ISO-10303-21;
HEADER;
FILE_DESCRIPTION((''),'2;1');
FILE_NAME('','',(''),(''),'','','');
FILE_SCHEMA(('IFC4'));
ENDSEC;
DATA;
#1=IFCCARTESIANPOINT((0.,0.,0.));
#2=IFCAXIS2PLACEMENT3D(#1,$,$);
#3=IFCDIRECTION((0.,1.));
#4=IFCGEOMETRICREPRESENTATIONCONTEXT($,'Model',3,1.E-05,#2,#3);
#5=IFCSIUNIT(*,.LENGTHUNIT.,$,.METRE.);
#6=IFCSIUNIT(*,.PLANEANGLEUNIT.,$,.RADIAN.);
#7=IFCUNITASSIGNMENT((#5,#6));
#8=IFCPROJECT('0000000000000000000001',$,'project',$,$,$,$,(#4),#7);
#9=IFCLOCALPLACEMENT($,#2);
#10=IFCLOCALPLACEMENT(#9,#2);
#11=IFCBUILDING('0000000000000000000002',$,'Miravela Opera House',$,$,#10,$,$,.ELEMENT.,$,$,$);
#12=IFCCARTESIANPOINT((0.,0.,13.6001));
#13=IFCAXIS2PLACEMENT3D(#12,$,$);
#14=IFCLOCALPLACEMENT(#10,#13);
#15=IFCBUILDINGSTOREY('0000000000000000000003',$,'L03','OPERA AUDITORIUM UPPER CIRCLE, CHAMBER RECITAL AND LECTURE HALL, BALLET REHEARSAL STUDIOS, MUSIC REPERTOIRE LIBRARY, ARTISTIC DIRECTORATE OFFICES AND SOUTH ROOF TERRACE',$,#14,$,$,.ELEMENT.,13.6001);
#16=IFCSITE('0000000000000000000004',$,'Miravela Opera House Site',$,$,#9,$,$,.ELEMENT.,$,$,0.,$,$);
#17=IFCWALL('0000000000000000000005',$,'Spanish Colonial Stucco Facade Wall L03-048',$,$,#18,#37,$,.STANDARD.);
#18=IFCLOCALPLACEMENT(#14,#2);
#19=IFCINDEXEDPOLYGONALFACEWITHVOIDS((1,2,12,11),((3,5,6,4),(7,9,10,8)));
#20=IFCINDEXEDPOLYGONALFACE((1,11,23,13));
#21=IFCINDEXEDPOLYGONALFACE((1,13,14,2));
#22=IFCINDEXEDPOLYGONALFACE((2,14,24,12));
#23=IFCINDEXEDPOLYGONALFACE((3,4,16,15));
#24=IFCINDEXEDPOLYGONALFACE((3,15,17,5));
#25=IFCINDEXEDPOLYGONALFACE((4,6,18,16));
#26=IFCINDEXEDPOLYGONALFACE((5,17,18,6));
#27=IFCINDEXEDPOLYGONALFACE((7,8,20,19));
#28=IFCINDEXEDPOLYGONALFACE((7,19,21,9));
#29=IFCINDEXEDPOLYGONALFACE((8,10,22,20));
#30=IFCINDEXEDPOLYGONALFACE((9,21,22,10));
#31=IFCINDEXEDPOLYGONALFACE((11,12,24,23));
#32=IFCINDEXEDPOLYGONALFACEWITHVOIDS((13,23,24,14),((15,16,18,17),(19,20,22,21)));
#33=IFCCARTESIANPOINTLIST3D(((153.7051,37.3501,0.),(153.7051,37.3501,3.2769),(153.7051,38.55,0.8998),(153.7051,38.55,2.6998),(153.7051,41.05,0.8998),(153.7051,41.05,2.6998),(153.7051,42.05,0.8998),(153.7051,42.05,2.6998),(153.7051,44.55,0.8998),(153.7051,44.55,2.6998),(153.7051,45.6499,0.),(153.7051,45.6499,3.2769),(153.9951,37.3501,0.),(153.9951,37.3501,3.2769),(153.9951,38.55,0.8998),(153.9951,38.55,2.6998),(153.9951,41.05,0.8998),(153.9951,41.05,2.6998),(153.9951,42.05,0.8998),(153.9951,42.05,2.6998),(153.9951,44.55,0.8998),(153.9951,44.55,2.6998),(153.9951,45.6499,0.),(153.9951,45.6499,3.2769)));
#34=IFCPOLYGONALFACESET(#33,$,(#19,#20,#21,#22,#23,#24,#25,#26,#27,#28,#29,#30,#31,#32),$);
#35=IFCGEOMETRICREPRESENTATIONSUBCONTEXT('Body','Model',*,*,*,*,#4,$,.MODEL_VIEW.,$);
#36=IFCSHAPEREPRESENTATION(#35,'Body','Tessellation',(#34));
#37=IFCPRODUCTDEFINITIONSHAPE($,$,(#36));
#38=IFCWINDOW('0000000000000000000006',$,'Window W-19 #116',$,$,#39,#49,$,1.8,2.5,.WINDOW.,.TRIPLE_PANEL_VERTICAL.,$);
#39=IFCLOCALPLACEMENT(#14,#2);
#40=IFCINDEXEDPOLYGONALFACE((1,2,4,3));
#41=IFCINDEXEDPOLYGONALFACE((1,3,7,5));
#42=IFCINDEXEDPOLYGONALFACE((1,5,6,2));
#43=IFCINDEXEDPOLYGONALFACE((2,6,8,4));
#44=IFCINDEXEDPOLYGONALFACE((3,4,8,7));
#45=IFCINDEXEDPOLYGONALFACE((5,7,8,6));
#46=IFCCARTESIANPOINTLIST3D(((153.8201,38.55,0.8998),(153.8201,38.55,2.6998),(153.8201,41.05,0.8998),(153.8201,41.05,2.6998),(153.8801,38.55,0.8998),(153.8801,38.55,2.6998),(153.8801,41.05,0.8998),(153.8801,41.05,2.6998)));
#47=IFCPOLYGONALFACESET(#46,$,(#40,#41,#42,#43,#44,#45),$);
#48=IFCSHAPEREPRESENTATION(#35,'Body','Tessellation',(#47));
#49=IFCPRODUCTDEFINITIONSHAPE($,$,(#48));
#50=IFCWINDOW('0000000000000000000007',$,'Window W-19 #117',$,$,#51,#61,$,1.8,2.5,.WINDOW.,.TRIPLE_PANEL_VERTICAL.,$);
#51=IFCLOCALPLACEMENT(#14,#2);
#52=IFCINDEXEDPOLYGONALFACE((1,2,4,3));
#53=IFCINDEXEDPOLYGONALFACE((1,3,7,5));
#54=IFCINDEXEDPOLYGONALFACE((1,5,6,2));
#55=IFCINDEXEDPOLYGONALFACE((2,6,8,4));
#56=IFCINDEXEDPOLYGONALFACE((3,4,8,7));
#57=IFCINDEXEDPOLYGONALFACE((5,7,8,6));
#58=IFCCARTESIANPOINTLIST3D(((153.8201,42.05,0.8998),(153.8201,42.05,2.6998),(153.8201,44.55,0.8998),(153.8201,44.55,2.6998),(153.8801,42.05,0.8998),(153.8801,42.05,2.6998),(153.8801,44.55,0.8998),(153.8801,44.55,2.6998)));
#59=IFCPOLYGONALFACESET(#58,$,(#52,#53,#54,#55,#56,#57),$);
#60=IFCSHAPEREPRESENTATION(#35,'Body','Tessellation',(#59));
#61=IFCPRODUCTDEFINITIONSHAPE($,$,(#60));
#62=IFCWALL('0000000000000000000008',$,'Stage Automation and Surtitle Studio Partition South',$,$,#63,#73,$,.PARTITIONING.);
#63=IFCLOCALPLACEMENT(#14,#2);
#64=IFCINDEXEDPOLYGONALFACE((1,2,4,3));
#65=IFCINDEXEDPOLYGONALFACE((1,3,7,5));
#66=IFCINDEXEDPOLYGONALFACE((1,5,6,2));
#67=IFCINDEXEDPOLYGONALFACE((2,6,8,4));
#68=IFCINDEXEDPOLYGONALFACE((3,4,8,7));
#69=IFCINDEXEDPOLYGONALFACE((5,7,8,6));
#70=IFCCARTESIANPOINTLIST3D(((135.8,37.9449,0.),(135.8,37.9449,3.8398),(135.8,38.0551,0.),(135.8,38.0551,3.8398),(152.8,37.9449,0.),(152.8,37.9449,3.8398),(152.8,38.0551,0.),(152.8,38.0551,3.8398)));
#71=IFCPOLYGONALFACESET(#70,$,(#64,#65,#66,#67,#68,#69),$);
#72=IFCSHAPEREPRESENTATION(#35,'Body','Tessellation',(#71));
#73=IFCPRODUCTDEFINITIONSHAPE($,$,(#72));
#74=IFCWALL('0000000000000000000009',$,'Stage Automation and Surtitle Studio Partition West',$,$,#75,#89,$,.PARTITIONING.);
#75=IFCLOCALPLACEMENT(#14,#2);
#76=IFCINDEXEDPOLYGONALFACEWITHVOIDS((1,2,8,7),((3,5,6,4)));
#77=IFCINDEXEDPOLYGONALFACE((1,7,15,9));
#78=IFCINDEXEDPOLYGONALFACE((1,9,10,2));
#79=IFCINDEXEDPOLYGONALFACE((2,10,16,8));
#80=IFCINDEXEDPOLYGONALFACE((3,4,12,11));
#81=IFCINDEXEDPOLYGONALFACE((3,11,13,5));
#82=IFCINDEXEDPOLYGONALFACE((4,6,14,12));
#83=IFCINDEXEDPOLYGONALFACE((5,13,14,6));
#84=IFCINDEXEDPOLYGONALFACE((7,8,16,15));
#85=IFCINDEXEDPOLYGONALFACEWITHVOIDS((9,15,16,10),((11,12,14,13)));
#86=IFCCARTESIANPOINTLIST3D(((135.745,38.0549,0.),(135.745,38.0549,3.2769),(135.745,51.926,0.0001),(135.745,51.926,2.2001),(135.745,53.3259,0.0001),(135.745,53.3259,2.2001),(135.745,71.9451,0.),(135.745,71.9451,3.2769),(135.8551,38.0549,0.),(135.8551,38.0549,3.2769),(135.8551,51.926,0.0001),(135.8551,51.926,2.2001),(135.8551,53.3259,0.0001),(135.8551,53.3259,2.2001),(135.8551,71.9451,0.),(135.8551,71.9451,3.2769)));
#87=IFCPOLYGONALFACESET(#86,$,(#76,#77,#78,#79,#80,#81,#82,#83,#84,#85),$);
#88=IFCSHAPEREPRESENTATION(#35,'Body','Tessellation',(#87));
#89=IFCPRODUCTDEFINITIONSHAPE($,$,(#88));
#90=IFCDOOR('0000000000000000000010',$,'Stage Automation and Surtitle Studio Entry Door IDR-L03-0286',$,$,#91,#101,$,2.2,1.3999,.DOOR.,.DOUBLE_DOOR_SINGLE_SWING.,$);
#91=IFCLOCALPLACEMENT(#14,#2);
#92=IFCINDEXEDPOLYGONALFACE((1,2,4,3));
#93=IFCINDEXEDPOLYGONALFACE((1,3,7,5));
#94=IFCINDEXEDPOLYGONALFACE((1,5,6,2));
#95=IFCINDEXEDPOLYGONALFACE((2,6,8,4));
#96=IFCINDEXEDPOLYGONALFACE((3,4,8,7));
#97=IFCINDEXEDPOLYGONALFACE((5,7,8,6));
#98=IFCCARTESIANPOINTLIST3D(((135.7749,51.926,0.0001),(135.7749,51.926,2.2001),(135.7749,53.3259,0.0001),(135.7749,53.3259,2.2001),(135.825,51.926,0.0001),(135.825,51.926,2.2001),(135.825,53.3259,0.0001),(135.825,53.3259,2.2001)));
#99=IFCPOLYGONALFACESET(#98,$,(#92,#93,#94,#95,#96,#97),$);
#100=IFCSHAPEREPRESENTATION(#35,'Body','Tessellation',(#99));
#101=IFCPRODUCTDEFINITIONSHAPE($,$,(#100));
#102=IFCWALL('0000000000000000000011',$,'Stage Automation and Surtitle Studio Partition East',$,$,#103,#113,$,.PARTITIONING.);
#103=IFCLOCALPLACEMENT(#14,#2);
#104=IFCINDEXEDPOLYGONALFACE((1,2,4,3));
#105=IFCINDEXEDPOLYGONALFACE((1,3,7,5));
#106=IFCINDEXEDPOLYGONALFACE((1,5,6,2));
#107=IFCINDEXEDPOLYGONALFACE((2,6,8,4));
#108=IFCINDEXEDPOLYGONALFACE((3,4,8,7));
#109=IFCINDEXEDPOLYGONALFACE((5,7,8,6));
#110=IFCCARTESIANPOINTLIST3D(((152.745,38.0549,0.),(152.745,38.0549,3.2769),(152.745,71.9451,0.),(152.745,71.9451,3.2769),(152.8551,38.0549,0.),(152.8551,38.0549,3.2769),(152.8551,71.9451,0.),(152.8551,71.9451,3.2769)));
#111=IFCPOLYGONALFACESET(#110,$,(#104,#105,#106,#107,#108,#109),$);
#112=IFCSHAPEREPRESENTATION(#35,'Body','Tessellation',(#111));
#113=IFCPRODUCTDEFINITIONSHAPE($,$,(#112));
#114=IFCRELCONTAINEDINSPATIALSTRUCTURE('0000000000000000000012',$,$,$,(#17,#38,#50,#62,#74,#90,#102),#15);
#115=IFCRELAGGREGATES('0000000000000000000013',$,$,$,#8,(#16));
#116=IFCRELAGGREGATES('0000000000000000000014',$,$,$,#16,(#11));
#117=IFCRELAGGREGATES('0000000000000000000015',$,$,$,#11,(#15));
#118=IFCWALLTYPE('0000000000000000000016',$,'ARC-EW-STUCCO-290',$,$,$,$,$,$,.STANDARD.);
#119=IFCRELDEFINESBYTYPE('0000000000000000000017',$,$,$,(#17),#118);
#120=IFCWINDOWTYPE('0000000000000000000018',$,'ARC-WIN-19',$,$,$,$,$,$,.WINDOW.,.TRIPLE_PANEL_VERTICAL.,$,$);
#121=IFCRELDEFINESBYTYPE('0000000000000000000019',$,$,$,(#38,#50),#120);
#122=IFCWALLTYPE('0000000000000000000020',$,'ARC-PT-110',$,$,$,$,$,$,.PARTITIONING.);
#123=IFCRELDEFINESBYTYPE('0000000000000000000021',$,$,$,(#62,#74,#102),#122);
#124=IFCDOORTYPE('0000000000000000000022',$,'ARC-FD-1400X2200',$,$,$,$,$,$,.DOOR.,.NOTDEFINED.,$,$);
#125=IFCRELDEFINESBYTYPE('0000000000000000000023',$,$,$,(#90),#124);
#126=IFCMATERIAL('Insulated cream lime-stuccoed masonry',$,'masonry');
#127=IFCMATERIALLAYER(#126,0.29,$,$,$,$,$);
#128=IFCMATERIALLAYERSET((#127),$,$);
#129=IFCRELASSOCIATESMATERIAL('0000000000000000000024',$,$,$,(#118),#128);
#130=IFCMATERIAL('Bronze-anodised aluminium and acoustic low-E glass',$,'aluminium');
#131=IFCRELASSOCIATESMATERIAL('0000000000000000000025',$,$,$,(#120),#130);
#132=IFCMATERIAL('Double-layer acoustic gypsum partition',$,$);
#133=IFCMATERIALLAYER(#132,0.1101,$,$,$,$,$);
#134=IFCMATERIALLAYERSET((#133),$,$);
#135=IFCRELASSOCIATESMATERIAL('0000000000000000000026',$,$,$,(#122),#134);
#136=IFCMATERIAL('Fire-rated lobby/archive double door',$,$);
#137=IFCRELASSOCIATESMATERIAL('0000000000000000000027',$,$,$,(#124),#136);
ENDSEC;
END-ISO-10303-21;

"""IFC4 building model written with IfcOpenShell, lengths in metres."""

from ifc_helpers import new_model, si_unit, direction, frame, frame_2d, origin, place, context, subcontext, project, spatial, rectangle, extrude, material, layer, layer_set, type_object, element, fill, save


model = new_model("IFC4")

# Units and contexts
model_context = context("Model", 3, precision=1e-05, world=origin(), true_north=direction((0.0, 1.0)))
body_context = subcontext(model_context, "Body", "Model", "MODEL_VIEW")
ifc_project = project(units=[si_unit("LENGTHUNIT", "METRE"), si_unit("PLANEANGLEUNIT", "RADIAN")], contexts=[model_context])

# Site, building, storey
site_placement = place(None, origin())
site = spatial("IfcSite", under=ifc_project, at=site_placement, Name="Miravela Opera House Site", CompositionType="ELEMENT", RefElevation=0.0)
building_placement = place(site_placement, origin())
building = spatial("IfcBuilding", under=site, at=building_placement, Name="Miravela Opera House", CompositionType="ELEMENT")
storey_placement = place(building_placement, frame((0.0, 0.0, 13.6001)))
storey = spatial("IfcBuildingStorey", under=building, at=storey_placement, Name="L03", Description="OPERA AUDITORIUM UPPER CIRCLE, CHAMBER RECITAL AND LECTURE HALL, BALLET REHEARSAL STUDIOS, MUSIC REPERTOIRE LIBRARY, ARTISTIC DIRECTORATE OFFICES AND SOUTH ROOF TERRACE", CompositionType="ELEMENT", Elevation=13.6001)

# Wall, openings, windows
ifc_material_1 = material(Name="Insulated cream lime-stuccoed masonry", Category="masonry")
ifc_layer_1 = layer(ifc_material_1, 0.29)
ifc_layer_set_1 = layer_set([ifc_layer_1])
wall_type_1 = type_object("IfcWallType", Name="ARC-EW-STUCCO-290", PredefinedType="STANDARD", material=ifc_layer_set_1)
wall_1_placement = place(storey_placement, frame((153.8501, 37.3501, 0.0), z_axis=(0.0, 0.0, 1.0), x_axis=(0.0, 1.0, 0.0)))
wall_1 = element("IfcWall", 1, at=wall_1_placement, inside=storey, type_object=wall_type_1, Name="Spanish Colonial Stucco Facade Wall L03-048", PredefinedType="STANDARD", context=body_context, shape_type="SweptSolid", body=[
    extrude(rectangle(XDim=8.2998, YDim=0.29, at=frame_2d((4.1499, 0.0))), origin(), (0.0, 0.0, 1.0), 3.2769),
])
opening_1_placement = place(wall_1_placement, frame((1.2, 0.0, 0.8999)))
opening_1 = element("IfcOpeningElement", 2, at=opening_1_placement, cuts=wall_1, PredefinedType="OPENING", context=body_context, shape_type="SweptSolid", body=[
    extrude(rectangle(XDim=2.5, YDim=1.8, at=frame_2d((1.25, 0.8999))), frame((0.0, 0.155, 0.0), z_axis=(0.0, -1.0, 0.0), x_axis=(1.0, 0.0, 0.0)), (0.0, 0.0, 1.0), 0.3101),
])
opening_2_placement = place(wall_1_placement, frame((4.7, 0.0, 0.8999)))
opening_2 = element("IfcOpeningElement", 3, at=opening_2_placement, cuts=wall_1, PredefinedType="OPENING", context=body_context, shape_type="SweptSolid", body=[
    extrude(rectangle(XDim=2.5, YDim=1.8, at=frame_2d((1.25, 0.8999))), frame((0.0, 0.155, 0.0), z_axis=(0.0, -1.0, 0.0), x_axis=(1.0, 0.0, 0.0)), (0.0, 0.0, 1.0), 0.3101),
])
ifc_material_2 = material(Name="Bronze-anodised aluminium and acoustic low-E glass", Category="aluminium")
window_type = type_object("IfcWindowType", Name="ARC-WIN-19", PartitioningType="TRIPLE_PANEL_VERTICAL", PredefinedType="WINDOW", material=ifc_material_2)
window_1_placement = place(opening_1_placement, origin())
window_1 = element("IfcWindow", 4, at=window_1_placement, inside=storey, type_object=window_type, Name="Window W-19 #116", OverallHeight=1.8, OverallWidth=2.5, PartitioningType="TRIPLE_PANEL_VERTICAL", PredefinedType="WINDOW", context=body_context, shape_type="SweptSolid", body=[
    extrude(rectangle(XDim=2.5, YDim=1.8, at=frame_2d((1.25, 0.8999))), frame((0.0, 0.03, 0.0), z_axis=(0.0, -1.0, 0.0), x_axis=(1.0, 0.0, 0.0)), (0.0, 0.0, 1.0), 0.0601),
])
fill(opening_1, window_1)
window_2_placement = place(opening_2_placement, origin())
window_2 = element("IfcWindow", 5, at=window_2_placement, inside=storey, type_object=window_type, Name="Window W-19 #117", OverallHeight=1.8, OverallWidth=2.5, PartitioningType="TRIPLE_PANEL_VERTICAL", PredefinedType="WINDOW", context=body_context, shape_type="SweptSolid", body=[
    extrude(rectangle(XDim=2.5, YDim=1.8, at=frame_2d((1.25, 0.8999))), frame((0.0, 0.03, 0.0), z_axis=(0.0, -1.0, 0.0), x_axis=(1.0, 0.0, 0.0)), (0.0, 0.0, 1.0), 0.0601),
])
fill(opening_2, window_2)

# Wall
ifc_material_3 = material(Name="Double-layer acoustic gypsum partition")
ifc_layer_2 = layer(ifc_material_3, 0.1101)
ifc_layer_set_2 = layer_set([ifc_layer_2])
wall_type_2 = type_object("IfcWallType", Name="ARC-PT-110", PredefinedType="PARTITIONING", material=ifc_layer_set_2)
wall_2_placement = place(storey_placement, frame((135.8, 38.0, 0.0), z_axis=(0.0, 0.0, 1.0), x_axis=(1.0, 0.0, 0.0)))
element("IfcWall", 6, at=wall_2_placement, inside=storey, type_object=wall_type_2, Name="Stage Automation and Surtitle Studio Partition South", PredefinedType="PARTITIONING", context=body_context, shape_type="SweptSolid", body=[
    extrude(rectangle(XDim=17.0, YDim=0.1101, at=frame_2d((8.5, 0.0))), origin(), (0.0, 0.0, 1.0), 3.8398),
])

# Wall, opening, door
wall_3_placement = place(storey_placement, frame((135.8, 38.0549, 0.0), z_axis=(0.0, 0.0, 1.0), x_axis=(0.0, 1.0, 0.0)))
wall_3 = element("IfcWall", 7, at=wall_3_placement, inside=storey, type_object=wall_type_2, Name="Stage Automation and Surtitle Studio Partition West", PredefinedType="PARTITIONING", context=body_context, shape_type="SweptSolid", body=[
    extrude(rectangle(XDim=33.8901, YDim=0.1101, at=frame_2d((16.9451, 0.0))), origin(), (0.0, 0.0, 1.0), 3.2769),
])
opening_3_placement = place(wall_3_placement, frame((13.8711, 0.0, 0.0)))
opening_3 = element("IfcOpeningElement", 8, at=opening_3_placement, cuts=wall_3, PredefinedType="OPENING", context=body_context, shape_type="SweptSolid", body=[
    extrude(rectangle(XDim=1.3999, YDim=2.2, at=frame_2d((0.7, 1.1001))), frame((0.0, 0.0649, 0.0), z_axis=(0.0, -1.0, 0.0), x_axis=(1.0, 0.0, 0.0)), (0.0, 0.0, 1.0), 0.1301),
])
ifc_material_4 = material(Name="Fire-rated lobby/archive double door")
door_type = type_object("IfcDoorType", Name="ARC-FD-1400X2200", OperationType="NOTDEFINED", PredefinedType="DOOR", material=ifc_material_4)
door_placement = place(opening_3_placement, frame((1.3999, 0.0, 0.0), z_axis=(0.0, 0.0, 1.0), x_axis=(-1.0, 0.0, 0.0)))
door = element("IfcDoor", 9, at=door_placement, inside=storey, type_object=door_type, Name="Stage Automation and Surtitle Studio Entry Door IDR-L03-0286", OperationType="DOUBLE_DOOR_SINGLE_SWING", OverallHeight=2.2, OverallWidth=1.3999, PredefinedType="DOOR", context=body_context, shape_type="SweptSolid", body=[
    extrude(rectangle(XDim=1.3999, YDim=2.2, at=frame_2d((0.7, 1.1001))), frame((0.0, 0.0249, 0.0), z_axis=(0.0, -1.0, 0.0), x_axis=(1.0, 0.0, 0.0)), (0.0, 0.0, 1.0), 0.05),
])
fill(opening_3, door)

# Wall
wall_4_placement = place(storey_placement, frame((152.8, 38.0549, 0.0), z_axis=(0.0, 0.0, 1.0), x_axis=(0.0, 1.0, 0.0)))
element("IfcWall", 10, at=wall_4_placement, inside=storey, type_object=wall_type_2, Name="Stage Automation and Surtitle Studio Partition East", PredefinedType="PARTITIONING", context=body_context, shape_type="SweptSolid", body=[
    extrude(rectangle(XDim=33.8901, YDim=0.1101, at=frame_2d((16.9451, 0.0))), origin(), (0.0, 0.0, 1.0), 3.2769),
])

save(model, "model.ifc")
